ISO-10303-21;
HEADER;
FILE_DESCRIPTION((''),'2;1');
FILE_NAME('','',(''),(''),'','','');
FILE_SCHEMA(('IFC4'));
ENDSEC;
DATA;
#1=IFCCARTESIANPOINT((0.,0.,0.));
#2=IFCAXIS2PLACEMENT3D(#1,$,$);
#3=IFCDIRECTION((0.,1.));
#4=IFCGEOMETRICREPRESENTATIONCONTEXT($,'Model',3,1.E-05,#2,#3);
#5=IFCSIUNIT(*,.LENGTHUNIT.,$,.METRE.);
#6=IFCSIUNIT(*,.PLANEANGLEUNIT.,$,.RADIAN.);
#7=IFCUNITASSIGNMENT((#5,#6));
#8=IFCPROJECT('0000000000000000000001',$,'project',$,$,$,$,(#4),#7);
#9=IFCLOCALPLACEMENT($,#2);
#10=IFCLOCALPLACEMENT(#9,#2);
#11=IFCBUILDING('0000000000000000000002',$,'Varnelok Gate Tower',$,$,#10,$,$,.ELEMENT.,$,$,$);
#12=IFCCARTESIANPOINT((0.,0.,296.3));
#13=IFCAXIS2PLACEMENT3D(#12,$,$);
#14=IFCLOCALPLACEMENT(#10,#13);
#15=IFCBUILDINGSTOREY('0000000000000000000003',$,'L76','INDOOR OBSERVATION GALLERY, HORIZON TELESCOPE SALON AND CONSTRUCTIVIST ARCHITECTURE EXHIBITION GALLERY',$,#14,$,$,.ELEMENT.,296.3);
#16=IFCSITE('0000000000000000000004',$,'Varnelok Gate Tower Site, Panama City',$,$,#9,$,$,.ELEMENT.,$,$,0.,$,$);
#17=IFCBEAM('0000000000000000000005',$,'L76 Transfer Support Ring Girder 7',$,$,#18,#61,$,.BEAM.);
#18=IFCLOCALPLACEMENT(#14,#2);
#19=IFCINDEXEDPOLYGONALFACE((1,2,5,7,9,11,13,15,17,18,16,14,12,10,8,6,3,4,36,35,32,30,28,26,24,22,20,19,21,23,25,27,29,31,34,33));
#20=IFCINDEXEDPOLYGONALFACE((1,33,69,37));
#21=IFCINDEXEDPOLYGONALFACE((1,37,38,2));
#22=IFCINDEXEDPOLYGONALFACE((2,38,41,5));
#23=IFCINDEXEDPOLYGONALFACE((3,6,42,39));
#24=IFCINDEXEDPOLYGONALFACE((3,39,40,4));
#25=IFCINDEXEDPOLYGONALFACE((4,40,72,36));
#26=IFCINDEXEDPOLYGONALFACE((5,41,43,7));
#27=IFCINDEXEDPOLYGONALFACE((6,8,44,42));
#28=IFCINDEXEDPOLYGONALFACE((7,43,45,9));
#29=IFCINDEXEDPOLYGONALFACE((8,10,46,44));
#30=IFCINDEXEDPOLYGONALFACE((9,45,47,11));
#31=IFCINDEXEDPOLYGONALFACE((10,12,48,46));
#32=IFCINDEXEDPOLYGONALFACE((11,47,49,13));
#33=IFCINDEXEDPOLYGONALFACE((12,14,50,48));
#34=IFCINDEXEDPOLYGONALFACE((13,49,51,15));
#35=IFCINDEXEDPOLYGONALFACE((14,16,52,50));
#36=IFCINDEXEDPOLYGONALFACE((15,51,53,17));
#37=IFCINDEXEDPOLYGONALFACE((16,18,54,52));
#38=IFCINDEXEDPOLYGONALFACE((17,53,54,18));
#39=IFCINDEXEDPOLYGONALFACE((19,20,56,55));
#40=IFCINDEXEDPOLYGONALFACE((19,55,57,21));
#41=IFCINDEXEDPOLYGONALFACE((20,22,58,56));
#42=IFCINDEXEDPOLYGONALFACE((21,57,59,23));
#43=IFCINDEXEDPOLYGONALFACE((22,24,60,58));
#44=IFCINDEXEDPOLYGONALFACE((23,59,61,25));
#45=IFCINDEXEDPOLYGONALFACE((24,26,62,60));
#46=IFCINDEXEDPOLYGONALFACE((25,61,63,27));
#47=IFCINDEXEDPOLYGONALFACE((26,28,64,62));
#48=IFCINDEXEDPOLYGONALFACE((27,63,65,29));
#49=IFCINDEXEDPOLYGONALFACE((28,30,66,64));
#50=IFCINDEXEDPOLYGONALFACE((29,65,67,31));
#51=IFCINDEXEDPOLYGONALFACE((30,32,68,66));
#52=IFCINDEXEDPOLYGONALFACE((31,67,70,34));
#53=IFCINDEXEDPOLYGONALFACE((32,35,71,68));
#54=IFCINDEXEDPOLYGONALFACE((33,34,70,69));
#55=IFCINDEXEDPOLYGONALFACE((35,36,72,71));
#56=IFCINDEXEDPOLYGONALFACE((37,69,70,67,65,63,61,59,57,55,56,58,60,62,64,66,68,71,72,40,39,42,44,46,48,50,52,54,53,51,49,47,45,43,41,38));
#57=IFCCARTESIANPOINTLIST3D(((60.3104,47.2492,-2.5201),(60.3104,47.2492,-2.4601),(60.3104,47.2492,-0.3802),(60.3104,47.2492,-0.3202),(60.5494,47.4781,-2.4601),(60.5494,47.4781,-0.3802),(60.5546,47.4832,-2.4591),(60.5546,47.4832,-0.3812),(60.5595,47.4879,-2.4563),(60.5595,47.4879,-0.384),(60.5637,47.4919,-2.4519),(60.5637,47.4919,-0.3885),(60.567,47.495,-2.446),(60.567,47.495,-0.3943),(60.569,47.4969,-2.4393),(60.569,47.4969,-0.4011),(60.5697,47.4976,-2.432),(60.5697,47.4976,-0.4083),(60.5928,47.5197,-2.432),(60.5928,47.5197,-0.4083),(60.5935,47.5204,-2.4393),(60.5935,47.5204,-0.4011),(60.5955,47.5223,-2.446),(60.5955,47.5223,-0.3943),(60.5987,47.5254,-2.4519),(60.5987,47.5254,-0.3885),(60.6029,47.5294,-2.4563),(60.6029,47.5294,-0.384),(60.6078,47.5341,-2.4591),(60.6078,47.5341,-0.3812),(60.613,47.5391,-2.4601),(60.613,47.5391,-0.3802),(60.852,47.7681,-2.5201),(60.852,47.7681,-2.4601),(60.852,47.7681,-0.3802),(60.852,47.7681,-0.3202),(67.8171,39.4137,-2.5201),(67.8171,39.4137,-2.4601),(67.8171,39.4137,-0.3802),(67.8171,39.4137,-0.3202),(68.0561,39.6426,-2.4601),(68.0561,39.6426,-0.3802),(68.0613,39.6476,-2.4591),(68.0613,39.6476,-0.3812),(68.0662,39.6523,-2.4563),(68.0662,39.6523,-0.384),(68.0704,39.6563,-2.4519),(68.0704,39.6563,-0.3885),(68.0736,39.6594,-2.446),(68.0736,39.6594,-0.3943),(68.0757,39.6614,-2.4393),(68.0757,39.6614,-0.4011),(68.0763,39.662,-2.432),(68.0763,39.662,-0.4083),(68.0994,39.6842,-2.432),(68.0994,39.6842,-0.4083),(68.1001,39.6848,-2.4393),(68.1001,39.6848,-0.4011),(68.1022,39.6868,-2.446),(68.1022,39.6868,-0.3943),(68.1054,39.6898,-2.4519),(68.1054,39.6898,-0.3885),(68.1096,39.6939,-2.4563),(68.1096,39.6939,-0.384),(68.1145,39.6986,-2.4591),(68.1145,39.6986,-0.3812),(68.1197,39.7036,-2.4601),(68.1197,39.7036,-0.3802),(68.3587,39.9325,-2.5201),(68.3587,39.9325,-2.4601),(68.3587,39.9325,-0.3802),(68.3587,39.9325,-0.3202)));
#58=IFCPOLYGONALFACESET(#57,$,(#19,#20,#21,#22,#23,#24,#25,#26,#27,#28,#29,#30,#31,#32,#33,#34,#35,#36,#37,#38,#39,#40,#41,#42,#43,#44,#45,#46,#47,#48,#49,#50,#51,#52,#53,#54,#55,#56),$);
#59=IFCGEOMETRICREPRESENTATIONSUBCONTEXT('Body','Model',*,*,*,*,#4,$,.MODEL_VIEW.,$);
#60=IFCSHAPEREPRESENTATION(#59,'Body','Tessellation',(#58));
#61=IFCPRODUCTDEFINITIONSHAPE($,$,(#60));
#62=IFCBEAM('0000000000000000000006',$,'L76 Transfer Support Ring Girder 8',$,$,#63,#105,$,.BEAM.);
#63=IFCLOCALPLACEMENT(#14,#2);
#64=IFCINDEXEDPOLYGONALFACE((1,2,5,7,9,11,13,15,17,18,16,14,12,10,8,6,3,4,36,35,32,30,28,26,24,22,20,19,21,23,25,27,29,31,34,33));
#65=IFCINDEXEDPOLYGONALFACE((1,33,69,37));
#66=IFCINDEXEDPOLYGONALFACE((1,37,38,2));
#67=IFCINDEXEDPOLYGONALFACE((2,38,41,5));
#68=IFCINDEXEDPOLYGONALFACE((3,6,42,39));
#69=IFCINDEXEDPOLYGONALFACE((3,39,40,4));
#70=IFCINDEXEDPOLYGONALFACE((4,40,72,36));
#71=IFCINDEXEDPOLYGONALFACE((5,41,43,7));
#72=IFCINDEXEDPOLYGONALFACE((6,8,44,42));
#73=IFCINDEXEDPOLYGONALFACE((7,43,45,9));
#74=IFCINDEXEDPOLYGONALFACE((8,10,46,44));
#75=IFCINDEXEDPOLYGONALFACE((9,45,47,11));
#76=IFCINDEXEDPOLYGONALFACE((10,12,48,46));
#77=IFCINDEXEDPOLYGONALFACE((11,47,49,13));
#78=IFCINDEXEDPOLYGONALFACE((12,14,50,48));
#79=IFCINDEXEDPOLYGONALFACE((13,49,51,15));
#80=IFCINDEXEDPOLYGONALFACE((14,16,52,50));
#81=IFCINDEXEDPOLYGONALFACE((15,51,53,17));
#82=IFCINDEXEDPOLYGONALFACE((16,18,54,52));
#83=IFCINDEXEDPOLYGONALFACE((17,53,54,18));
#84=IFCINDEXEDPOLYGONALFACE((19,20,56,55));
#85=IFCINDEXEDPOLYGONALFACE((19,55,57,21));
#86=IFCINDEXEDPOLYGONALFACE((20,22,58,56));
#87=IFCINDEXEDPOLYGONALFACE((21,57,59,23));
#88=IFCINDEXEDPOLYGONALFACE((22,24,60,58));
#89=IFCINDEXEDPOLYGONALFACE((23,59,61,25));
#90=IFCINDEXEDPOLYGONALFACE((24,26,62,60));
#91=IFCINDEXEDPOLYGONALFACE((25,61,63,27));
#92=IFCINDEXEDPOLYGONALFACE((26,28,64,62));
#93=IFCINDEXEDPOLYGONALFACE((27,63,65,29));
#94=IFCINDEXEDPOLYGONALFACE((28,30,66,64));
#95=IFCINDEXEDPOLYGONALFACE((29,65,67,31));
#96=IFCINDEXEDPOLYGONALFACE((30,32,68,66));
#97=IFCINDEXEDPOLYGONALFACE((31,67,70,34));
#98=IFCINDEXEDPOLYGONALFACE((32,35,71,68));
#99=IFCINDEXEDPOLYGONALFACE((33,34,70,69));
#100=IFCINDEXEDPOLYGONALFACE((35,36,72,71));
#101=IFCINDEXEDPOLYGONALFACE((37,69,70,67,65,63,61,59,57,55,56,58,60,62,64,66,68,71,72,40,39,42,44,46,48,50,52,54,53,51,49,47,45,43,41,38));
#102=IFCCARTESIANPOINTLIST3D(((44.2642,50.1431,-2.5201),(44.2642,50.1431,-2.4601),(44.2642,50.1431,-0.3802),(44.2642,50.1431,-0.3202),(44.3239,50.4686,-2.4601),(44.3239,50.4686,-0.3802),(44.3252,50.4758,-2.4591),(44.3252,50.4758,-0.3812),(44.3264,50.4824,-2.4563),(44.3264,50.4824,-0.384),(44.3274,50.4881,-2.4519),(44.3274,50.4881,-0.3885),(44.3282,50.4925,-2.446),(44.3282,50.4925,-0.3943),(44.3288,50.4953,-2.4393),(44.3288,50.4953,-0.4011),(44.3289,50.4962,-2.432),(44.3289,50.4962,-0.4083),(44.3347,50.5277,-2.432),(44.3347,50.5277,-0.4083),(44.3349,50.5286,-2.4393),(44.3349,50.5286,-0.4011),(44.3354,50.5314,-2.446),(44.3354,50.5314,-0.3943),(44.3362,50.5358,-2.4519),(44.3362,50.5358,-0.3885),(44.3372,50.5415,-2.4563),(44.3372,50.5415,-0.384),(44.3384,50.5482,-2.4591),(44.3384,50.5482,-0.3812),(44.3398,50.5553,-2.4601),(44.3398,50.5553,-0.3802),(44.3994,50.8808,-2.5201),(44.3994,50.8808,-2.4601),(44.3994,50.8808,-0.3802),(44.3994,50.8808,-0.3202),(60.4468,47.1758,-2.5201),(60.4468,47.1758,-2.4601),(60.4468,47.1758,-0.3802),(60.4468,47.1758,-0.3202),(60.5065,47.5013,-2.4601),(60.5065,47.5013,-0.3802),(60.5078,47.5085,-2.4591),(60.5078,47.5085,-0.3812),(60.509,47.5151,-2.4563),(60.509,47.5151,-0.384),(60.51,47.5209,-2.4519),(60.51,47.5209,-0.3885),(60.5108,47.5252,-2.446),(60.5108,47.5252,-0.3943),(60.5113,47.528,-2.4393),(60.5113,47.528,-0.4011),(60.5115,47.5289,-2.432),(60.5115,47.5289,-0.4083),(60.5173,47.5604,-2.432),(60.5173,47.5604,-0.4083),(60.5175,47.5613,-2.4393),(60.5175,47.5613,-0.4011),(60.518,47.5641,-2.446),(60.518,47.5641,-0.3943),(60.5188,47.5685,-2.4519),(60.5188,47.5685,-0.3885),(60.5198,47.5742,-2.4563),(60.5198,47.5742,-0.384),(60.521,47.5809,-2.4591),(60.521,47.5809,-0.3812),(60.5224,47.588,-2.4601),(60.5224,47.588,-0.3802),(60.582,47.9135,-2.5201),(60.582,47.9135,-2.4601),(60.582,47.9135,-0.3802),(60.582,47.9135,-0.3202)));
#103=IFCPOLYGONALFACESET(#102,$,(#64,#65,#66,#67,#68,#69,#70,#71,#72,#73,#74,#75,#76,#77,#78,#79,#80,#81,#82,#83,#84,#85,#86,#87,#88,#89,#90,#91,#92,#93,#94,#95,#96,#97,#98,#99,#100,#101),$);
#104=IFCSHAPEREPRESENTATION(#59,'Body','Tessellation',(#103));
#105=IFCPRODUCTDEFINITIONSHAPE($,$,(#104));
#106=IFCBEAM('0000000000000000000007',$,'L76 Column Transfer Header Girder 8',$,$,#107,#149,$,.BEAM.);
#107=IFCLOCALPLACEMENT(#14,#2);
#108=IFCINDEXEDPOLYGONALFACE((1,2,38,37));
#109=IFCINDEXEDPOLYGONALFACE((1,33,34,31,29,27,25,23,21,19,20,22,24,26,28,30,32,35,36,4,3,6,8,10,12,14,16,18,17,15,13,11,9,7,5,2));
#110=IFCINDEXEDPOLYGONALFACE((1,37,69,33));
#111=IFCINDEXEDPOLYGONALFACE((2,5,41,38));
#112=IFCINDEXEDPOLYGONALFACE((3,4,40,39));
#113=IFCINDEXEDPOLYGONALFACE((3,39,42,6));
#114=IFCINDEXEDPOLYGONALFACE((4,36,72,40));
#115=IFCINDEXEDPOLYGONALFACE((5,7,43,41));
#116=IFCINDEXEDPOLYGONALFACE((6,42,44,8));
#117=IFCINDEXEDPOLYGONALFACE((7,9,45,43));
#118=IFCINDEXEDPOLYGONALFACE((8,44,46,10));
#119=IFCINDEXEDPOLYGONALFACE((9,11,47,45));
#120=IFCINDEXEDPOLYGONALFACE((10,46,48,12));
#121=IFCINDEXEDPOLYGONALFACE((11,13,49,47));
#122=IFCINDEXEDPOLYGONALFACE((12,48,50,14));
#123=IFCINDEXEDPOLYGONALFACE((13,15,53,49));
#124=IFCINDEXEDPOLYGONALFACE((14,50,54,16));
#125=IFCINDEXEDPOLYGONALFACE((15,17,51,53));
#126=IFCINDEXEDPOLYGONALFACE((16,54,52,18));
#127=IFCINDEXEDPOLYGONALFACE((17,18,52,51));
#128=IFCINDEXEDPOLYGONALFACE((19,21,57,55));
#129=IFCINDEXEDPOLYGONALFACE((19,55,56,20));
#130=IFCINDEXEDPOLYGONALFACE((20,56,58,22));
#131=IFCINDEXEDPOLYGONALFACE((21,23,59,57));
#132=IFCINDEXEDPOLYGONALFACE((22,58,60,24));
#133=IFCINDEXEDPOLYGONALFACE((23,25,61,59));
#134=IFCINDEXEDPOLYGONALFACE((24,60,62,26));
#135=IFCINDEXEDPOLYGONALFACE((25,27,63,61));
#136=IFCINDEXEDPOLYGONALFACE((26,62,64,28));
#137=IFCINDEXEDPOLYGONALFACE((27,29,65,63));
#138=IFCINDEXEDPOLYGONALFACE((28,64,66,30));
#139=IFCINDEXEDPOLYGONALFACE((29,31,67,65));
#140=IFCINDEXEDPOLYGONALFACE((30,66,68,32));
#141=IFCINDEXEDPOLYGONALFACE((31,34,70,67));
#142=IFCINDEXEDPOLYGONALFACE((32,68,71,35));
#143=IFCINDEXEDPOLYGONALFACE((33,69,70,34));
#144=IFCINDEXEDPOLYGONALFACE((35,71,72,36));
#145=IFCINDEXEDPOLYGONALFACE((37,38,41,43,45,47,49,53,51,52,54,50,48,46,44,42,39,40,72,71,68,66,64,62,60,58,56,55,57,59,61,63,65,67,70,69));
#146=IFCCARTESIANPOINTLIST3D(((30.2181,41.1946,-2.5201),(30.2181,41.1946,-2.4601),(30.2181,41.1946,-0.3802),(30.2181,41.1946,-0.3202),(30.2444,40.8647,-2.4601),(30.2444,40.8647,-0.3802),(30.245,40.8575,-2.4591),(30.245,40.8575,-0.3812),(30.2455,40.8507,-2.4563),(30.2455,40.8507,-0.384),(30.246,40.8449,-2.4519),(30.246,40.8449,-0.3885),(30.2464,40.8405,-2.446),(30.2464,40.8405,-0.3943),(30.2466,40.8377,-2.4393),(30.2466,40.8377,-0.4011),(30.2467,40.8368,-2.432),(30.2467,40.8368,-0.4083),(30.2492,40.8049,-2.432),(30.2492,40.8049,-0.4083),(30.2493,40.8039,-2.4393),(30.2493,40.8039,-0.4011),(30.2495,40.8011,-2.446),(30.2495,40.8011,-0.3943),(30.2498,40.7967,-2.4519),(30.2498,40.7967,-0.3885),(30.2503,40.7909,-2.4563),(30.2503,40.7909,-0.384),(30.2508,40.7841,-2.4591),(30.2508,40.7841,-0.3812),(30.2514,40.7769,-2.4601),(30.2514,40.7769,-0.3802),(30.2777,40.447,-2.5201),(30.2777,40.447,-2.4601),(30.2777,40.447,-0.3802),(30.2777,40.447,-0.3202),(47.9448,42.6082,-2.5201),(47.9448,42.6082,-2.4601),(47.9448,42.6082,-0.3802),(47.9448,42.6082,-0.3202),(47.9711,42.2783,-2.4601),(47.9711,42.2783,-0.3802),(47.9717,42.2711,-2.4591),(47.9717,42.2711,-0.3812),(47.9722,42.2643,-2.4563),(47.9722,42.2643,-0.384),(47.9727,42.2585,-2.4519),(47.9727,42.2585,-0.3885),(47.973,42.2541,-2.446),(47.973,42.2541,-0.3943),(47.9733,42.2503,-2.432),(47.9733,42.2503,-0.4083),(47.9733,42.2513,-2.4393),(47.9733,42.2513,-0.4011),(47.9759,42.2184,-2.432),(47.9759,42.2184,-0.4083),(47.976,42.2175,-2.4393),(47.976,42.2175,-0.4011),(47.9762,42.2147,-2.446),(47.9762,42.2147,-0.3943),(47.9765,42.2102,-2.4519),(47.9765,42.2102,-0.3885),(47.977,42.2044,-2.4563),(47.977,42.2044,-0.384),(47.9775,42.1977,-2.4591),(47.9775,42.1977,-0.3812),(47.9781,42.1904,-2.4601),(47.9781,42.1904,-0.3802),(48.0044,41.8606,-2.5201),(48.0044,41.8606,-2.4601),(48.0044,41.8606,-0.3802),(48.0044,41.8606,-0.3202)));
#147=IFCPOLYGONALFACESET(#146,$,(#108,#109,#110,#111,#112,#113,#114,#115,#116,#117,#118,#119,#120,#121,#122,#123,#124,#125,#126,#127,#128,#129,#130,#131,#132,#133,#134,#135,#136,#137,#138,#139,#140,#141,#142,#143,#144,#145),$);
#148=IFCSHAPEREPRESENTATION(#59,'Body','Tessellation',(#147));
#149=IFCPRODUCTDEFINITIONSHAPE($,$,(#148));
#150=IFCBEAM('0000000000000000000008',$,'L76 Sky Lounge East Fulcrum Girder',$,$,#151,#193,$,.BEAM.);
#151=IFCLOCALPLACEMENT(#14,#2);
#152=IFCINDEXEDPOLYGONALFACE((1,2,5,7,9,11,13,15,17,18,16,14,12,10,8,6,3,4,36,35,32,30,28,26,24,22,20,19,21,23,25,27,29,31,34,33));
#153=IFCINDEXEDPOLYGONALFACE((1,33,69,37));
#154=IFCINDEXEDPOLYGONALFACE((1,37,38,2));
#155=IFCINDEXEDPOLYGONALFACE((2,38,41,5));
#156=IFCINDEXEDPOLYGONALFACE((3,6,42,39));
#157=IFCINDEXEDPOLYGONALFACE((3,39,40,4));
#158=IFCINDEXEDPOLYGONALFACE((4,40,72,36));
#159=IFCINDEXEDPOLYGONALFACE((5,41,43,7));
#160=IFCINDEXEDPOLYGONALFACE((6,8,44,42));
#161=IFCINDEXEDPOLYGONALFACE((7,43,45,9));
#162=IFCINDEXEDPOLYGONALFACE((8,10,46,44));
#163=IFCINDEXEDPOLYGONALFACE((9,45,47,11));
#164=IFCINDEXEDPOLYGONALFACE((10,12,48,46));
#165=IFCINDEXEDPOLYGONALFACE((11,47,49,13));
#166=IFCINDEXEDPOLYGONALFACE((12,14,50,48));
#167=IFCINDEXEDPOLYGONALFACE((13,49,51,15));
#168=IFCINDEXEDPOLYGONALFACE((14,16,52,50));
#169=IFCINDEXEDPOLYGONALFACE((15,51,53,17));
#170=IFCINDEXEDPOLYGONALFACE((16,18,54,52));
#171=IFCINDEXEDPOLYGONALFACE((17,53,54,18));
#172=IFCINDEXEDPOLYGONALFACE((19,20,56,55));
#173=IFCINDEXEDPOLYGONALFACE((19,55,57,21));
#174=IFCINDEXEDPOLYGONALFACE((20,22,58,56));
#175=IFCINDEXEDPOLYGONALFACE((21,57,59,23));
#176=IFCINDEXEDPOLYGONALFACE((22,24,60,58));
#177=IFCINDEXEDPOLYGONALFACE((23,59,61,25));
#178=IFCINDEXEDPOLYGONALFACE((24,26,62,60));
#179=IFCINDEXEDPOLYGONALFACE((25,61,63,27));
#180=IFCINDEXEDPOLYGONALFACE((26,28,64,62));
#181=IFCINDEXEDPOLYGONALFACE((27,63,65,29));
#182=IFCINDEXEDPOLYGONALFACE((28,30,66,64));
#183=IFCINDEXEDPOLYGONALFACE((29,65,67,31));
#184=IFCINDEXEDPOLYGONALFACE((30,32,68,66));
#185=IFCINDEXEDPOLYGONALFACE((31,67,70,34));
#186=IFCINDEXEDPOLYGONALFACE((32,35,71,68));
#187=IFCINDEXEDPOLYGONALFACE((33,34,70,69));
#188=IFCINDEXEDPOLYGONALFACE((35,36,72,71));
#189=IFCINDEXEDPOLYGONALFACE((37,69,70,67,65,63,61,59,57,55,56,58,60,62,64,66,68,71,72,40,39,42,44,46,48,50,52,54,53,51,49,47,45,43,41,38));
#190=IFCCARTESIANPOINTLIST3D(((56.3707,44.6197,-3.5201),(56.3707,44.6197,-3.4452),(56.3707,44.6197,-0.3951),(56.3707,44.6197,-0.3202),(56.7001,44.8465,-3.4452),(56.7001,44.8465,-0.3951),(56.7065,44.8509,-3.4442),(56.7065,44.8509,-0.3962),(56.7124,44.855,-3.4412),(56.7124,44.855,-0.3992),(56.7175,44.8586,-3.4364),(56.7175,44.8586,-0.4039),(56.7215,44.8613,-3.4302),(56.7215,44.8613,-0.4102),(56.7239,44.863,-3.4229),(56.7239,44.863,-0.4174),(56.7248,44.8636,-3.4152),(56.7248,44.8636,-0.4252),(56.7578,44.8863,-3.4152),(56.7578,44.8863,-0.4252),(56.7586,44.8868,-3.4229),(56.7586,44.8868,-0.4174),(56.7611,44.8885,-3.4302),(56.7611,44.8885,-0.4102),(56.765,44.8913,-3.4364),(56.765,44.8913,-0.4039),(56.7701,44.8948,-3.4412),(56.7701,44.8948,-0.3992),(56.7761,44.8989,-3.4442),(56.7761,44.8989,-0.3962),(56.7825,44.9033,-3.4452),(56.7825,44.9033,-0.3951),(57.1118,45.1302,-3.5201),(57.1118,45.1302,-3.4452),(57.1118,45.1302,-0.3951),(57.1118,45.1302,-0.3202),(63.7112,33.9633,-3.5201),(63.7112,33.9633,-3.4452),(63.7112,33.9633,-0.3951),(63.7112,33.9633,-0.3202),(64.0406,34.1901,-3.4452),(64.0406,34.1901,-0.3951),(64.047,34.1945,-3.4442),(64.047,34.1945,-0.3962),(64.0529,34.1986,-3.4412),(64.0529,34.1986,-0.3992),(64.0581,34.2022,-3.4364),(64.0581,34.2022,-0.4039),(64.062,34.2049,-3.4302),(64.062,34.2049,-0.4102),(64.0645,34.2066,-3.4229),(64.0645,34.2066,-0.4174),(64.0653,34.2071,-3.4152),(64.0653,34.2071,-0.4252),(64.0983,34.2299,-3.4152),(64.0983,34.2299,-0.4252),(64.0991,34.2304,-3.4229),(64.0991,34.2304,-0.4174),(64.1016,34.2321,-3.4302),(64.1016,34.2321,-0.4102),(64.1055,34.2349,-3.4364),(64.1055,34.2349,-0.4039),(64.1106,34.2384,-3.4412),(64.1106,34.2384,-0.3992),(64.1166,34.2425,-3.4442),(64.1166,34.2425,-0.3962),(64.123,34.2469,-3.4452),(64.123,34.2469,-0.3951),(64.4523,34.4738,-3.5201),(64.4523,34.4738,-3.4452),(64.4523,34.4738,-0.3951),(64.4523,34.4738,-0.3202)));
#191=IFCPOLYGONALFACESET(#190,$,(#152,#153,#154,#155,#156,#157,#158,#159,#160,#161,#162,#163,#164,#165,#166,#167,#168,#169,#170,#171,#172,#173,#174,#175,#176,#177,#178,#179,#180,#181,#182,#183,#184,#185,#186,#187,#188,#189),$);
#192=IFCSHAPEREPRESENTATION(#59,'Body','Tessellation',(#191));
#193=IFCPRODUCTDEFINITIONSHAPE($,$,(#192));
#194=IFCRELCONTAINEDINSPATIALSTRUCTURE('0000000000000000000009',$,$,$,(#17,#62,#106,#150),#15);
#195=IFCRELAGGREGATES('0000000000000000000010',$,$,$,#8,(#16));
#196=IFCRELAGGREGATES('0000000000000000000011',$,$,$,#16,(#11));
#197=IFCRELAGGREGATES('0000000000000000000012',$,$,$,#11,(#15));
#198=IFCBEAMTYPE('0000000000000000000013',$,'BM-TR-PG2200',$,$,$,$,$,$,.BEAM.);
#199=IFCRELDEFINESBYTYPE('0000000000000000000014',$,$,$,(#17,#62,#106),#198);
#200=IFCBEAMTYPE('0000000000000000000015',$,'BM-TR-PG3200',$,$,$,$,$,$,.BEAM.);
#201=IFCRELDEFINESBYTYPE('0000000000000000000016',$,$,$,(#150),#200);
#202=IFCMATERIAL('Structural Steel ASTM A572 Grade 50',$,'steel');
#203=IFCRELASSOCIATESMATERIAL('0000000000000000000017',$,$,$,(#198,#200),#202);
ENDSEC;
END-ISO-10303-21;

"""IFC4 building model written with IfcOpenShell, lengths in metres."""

from ifc_helpers import new_model, si_unit, direction, frame, origin, origin_2d, place, context, subcontext, project, spatial, i_section, extrude, material, material_profile, profile_set, type_object, element, save


model = new_model("IFC4")

# Units and contexts
model_context = context("Model", 3, precision=1e-05, world=origin(), true_north=direction((0.0, 1.0)))
body_context = subcontext(model_context, "Body", "Model", "MODEL_VIEW")
ifc_project = project(units=[si_unit("LENGTHUNIT", "METRE"), si_unit("PLANEANGLEUNIT", "RADIAN")], contexts=[model_context])

# Site, building, storey
site_placement = place(None, origin())
site = spatial("IfcSite", under=ifc_project, at=site_placement, Name="Varnelok Gate Tower Site, Panama City", CompositionType="ELEMENT", RefElevation=0.0)
building_placement = place(site_placement, origin())
building = spatial("IfcBuilding", under=site, at=building_placement, Name="Varnelok Gate Tower", CompositionType="ELEMENT")
storey_placement = place(building_placement, frame((0.0, 0.0, 296.3)))
storey = spatial("IfcBuildingStorey", under=building, at=storey_placement, Name="L76", Description="INDOOR OBSERVATION GALLERY, HORIZON TELESCOPE SALON AND CONSTRUCTIVIST ARCHITECTURE EXHIBITION GALLERY", CompositionType="ELEMENT", Elevation=296.3)

# Beams
ifc_material_1 = material(Name="Structural Steel ASTM A572 Grade 50", Category="steel")
ifc_material_profile_1 = material_profile(ifc_material_1, i_section(OverallWidth=0.75, OverallDepth=2.2, WebThickness=0.032, FlangeThickness=0.0601, FilletRadius=0.0281, at=origin_2d()), Name="PG2200X750")
ifc_profile_set_1 = profile_set([ifc_material_profile_1], Name="Structural Steel ASTM A572 Grade 50")
beam_type_1 = type_object("IfcBeamType", Name="BM-TR-PG2200", PredefinedType="BEAM", material=ifc_profile_set_1)
beam_1_placement = place(storey_placement, frame((68.0879, 39.6731, -1.4202), z_axis=(-0.691791, 0.722098, 0.0), x_axis=(-0.722098, -0.691791, 0.0)))
element("IfcBeam", 1, at=beam_1_placement, inside=storey, type_object=beam_type_1, Name="L76 Transfer Support Ring Girder 7", PredefinedType="BEAM", context=body_context, shape_type="SweptSolid", body=[
    extrude(i_section(OverallWidth=0.75, OverallDepth=2.2, WebThickness=0.032, FlangeThickness=0.0601, FilletRadius=0.0281, at=origin_2d()), origin(), (0.0, 0.0, 1.0), 10.8511),
])
beam_2_placement = place(storey_placement, frame((60.5144, 47.5447, -1.4202), z_axis=(-0.983601, 0.180356, 0.0), x_axis=(-0.180356, -0.983601, 0.0)))
element("IfcBeam", 2, at=beam_2_placement, inside=storey, type_object=beam_type_1, Name="L76 Transfer Support Ring Girder 8", PredefinedType="BEAM", context=body_context, shape_type="SweptSolid", body=[
    extrude(i_section(OverallWidth=0.75, OverallDepth=2.2, WebThickness=0.032, FlangeThickness=0.0601, FilletRadius=0.0281, at=origin_2d()), origin(), (0.0, 0.0, 1.0), 16.4524),
])
beam_3_placement = place(storey_placement, frame((47.9746, 42.2344, -1.4202), z_axis=(-0.996836, -0.07949, 0.0), x_axis=(0.07949, -0.996836, 0.0)))
element("IfcBeam", 3, at=beam_3_placement, inside=storey, type_object=beam_type_1, Name="L76 Column Transfer Header Girder 8", PredefinedType="BEAM", context=body_context, shape_type="SweptSolid", body=[
    extrude(i_section(OverallWidth=0.75, OverallDepth=2.2, WebThickness=0.032, FlangeThickness=0.0601, FilletRadius=0.0281, at=origin_2d()), origin(), (0.0, 0.0, 1.0), 17.783),
])
ifc_material_profile_2 = material_profile(ifc_material_1, i_section(OverallWidth=0.8999, OverallDepth=3.2, WebThickness=0.04, FlangeThickness=0.075, FilletRadius=0.03, at=origin_2d()), Name="PG3200X900")
ifc_profile_set_2 = profile_set([ifc_material_profile_2], Name="Structural Steel ASTM A572 Grade 50")
beam_type_2 = type_object("IfcBeamType", Name="BM-TR-PG3200", PredefinedType="BEAM", material=ifc_profile_set_2)
beam_4_placement = place(storey_placement, frame((64.0818, 34.2185, -1.9202), z_axis=(-0.567276, 0.823528, 0.0), x_axis=(-0.823528, -0.567276, 0.0)))
element("IfcBeam", 4, at=beam_4_placement, inside=storey, type_object=beam_type_2, Name="L76 Sky Lounge East Fulcrum Girder", PredefinedType="BEAM", context=body_context, shape_type="SweptSolid", body=[
    extrude(i_section(OverallWidth=0.8999, OverallDepth=3.2, WebThickness=0.04, FlangeThickness=0.075, FilletRadius=0.03, at=origin_2d()), origin(), (0.0, 0.0, 1.0), 12.9399),
])

save(model, "model.ifc")
